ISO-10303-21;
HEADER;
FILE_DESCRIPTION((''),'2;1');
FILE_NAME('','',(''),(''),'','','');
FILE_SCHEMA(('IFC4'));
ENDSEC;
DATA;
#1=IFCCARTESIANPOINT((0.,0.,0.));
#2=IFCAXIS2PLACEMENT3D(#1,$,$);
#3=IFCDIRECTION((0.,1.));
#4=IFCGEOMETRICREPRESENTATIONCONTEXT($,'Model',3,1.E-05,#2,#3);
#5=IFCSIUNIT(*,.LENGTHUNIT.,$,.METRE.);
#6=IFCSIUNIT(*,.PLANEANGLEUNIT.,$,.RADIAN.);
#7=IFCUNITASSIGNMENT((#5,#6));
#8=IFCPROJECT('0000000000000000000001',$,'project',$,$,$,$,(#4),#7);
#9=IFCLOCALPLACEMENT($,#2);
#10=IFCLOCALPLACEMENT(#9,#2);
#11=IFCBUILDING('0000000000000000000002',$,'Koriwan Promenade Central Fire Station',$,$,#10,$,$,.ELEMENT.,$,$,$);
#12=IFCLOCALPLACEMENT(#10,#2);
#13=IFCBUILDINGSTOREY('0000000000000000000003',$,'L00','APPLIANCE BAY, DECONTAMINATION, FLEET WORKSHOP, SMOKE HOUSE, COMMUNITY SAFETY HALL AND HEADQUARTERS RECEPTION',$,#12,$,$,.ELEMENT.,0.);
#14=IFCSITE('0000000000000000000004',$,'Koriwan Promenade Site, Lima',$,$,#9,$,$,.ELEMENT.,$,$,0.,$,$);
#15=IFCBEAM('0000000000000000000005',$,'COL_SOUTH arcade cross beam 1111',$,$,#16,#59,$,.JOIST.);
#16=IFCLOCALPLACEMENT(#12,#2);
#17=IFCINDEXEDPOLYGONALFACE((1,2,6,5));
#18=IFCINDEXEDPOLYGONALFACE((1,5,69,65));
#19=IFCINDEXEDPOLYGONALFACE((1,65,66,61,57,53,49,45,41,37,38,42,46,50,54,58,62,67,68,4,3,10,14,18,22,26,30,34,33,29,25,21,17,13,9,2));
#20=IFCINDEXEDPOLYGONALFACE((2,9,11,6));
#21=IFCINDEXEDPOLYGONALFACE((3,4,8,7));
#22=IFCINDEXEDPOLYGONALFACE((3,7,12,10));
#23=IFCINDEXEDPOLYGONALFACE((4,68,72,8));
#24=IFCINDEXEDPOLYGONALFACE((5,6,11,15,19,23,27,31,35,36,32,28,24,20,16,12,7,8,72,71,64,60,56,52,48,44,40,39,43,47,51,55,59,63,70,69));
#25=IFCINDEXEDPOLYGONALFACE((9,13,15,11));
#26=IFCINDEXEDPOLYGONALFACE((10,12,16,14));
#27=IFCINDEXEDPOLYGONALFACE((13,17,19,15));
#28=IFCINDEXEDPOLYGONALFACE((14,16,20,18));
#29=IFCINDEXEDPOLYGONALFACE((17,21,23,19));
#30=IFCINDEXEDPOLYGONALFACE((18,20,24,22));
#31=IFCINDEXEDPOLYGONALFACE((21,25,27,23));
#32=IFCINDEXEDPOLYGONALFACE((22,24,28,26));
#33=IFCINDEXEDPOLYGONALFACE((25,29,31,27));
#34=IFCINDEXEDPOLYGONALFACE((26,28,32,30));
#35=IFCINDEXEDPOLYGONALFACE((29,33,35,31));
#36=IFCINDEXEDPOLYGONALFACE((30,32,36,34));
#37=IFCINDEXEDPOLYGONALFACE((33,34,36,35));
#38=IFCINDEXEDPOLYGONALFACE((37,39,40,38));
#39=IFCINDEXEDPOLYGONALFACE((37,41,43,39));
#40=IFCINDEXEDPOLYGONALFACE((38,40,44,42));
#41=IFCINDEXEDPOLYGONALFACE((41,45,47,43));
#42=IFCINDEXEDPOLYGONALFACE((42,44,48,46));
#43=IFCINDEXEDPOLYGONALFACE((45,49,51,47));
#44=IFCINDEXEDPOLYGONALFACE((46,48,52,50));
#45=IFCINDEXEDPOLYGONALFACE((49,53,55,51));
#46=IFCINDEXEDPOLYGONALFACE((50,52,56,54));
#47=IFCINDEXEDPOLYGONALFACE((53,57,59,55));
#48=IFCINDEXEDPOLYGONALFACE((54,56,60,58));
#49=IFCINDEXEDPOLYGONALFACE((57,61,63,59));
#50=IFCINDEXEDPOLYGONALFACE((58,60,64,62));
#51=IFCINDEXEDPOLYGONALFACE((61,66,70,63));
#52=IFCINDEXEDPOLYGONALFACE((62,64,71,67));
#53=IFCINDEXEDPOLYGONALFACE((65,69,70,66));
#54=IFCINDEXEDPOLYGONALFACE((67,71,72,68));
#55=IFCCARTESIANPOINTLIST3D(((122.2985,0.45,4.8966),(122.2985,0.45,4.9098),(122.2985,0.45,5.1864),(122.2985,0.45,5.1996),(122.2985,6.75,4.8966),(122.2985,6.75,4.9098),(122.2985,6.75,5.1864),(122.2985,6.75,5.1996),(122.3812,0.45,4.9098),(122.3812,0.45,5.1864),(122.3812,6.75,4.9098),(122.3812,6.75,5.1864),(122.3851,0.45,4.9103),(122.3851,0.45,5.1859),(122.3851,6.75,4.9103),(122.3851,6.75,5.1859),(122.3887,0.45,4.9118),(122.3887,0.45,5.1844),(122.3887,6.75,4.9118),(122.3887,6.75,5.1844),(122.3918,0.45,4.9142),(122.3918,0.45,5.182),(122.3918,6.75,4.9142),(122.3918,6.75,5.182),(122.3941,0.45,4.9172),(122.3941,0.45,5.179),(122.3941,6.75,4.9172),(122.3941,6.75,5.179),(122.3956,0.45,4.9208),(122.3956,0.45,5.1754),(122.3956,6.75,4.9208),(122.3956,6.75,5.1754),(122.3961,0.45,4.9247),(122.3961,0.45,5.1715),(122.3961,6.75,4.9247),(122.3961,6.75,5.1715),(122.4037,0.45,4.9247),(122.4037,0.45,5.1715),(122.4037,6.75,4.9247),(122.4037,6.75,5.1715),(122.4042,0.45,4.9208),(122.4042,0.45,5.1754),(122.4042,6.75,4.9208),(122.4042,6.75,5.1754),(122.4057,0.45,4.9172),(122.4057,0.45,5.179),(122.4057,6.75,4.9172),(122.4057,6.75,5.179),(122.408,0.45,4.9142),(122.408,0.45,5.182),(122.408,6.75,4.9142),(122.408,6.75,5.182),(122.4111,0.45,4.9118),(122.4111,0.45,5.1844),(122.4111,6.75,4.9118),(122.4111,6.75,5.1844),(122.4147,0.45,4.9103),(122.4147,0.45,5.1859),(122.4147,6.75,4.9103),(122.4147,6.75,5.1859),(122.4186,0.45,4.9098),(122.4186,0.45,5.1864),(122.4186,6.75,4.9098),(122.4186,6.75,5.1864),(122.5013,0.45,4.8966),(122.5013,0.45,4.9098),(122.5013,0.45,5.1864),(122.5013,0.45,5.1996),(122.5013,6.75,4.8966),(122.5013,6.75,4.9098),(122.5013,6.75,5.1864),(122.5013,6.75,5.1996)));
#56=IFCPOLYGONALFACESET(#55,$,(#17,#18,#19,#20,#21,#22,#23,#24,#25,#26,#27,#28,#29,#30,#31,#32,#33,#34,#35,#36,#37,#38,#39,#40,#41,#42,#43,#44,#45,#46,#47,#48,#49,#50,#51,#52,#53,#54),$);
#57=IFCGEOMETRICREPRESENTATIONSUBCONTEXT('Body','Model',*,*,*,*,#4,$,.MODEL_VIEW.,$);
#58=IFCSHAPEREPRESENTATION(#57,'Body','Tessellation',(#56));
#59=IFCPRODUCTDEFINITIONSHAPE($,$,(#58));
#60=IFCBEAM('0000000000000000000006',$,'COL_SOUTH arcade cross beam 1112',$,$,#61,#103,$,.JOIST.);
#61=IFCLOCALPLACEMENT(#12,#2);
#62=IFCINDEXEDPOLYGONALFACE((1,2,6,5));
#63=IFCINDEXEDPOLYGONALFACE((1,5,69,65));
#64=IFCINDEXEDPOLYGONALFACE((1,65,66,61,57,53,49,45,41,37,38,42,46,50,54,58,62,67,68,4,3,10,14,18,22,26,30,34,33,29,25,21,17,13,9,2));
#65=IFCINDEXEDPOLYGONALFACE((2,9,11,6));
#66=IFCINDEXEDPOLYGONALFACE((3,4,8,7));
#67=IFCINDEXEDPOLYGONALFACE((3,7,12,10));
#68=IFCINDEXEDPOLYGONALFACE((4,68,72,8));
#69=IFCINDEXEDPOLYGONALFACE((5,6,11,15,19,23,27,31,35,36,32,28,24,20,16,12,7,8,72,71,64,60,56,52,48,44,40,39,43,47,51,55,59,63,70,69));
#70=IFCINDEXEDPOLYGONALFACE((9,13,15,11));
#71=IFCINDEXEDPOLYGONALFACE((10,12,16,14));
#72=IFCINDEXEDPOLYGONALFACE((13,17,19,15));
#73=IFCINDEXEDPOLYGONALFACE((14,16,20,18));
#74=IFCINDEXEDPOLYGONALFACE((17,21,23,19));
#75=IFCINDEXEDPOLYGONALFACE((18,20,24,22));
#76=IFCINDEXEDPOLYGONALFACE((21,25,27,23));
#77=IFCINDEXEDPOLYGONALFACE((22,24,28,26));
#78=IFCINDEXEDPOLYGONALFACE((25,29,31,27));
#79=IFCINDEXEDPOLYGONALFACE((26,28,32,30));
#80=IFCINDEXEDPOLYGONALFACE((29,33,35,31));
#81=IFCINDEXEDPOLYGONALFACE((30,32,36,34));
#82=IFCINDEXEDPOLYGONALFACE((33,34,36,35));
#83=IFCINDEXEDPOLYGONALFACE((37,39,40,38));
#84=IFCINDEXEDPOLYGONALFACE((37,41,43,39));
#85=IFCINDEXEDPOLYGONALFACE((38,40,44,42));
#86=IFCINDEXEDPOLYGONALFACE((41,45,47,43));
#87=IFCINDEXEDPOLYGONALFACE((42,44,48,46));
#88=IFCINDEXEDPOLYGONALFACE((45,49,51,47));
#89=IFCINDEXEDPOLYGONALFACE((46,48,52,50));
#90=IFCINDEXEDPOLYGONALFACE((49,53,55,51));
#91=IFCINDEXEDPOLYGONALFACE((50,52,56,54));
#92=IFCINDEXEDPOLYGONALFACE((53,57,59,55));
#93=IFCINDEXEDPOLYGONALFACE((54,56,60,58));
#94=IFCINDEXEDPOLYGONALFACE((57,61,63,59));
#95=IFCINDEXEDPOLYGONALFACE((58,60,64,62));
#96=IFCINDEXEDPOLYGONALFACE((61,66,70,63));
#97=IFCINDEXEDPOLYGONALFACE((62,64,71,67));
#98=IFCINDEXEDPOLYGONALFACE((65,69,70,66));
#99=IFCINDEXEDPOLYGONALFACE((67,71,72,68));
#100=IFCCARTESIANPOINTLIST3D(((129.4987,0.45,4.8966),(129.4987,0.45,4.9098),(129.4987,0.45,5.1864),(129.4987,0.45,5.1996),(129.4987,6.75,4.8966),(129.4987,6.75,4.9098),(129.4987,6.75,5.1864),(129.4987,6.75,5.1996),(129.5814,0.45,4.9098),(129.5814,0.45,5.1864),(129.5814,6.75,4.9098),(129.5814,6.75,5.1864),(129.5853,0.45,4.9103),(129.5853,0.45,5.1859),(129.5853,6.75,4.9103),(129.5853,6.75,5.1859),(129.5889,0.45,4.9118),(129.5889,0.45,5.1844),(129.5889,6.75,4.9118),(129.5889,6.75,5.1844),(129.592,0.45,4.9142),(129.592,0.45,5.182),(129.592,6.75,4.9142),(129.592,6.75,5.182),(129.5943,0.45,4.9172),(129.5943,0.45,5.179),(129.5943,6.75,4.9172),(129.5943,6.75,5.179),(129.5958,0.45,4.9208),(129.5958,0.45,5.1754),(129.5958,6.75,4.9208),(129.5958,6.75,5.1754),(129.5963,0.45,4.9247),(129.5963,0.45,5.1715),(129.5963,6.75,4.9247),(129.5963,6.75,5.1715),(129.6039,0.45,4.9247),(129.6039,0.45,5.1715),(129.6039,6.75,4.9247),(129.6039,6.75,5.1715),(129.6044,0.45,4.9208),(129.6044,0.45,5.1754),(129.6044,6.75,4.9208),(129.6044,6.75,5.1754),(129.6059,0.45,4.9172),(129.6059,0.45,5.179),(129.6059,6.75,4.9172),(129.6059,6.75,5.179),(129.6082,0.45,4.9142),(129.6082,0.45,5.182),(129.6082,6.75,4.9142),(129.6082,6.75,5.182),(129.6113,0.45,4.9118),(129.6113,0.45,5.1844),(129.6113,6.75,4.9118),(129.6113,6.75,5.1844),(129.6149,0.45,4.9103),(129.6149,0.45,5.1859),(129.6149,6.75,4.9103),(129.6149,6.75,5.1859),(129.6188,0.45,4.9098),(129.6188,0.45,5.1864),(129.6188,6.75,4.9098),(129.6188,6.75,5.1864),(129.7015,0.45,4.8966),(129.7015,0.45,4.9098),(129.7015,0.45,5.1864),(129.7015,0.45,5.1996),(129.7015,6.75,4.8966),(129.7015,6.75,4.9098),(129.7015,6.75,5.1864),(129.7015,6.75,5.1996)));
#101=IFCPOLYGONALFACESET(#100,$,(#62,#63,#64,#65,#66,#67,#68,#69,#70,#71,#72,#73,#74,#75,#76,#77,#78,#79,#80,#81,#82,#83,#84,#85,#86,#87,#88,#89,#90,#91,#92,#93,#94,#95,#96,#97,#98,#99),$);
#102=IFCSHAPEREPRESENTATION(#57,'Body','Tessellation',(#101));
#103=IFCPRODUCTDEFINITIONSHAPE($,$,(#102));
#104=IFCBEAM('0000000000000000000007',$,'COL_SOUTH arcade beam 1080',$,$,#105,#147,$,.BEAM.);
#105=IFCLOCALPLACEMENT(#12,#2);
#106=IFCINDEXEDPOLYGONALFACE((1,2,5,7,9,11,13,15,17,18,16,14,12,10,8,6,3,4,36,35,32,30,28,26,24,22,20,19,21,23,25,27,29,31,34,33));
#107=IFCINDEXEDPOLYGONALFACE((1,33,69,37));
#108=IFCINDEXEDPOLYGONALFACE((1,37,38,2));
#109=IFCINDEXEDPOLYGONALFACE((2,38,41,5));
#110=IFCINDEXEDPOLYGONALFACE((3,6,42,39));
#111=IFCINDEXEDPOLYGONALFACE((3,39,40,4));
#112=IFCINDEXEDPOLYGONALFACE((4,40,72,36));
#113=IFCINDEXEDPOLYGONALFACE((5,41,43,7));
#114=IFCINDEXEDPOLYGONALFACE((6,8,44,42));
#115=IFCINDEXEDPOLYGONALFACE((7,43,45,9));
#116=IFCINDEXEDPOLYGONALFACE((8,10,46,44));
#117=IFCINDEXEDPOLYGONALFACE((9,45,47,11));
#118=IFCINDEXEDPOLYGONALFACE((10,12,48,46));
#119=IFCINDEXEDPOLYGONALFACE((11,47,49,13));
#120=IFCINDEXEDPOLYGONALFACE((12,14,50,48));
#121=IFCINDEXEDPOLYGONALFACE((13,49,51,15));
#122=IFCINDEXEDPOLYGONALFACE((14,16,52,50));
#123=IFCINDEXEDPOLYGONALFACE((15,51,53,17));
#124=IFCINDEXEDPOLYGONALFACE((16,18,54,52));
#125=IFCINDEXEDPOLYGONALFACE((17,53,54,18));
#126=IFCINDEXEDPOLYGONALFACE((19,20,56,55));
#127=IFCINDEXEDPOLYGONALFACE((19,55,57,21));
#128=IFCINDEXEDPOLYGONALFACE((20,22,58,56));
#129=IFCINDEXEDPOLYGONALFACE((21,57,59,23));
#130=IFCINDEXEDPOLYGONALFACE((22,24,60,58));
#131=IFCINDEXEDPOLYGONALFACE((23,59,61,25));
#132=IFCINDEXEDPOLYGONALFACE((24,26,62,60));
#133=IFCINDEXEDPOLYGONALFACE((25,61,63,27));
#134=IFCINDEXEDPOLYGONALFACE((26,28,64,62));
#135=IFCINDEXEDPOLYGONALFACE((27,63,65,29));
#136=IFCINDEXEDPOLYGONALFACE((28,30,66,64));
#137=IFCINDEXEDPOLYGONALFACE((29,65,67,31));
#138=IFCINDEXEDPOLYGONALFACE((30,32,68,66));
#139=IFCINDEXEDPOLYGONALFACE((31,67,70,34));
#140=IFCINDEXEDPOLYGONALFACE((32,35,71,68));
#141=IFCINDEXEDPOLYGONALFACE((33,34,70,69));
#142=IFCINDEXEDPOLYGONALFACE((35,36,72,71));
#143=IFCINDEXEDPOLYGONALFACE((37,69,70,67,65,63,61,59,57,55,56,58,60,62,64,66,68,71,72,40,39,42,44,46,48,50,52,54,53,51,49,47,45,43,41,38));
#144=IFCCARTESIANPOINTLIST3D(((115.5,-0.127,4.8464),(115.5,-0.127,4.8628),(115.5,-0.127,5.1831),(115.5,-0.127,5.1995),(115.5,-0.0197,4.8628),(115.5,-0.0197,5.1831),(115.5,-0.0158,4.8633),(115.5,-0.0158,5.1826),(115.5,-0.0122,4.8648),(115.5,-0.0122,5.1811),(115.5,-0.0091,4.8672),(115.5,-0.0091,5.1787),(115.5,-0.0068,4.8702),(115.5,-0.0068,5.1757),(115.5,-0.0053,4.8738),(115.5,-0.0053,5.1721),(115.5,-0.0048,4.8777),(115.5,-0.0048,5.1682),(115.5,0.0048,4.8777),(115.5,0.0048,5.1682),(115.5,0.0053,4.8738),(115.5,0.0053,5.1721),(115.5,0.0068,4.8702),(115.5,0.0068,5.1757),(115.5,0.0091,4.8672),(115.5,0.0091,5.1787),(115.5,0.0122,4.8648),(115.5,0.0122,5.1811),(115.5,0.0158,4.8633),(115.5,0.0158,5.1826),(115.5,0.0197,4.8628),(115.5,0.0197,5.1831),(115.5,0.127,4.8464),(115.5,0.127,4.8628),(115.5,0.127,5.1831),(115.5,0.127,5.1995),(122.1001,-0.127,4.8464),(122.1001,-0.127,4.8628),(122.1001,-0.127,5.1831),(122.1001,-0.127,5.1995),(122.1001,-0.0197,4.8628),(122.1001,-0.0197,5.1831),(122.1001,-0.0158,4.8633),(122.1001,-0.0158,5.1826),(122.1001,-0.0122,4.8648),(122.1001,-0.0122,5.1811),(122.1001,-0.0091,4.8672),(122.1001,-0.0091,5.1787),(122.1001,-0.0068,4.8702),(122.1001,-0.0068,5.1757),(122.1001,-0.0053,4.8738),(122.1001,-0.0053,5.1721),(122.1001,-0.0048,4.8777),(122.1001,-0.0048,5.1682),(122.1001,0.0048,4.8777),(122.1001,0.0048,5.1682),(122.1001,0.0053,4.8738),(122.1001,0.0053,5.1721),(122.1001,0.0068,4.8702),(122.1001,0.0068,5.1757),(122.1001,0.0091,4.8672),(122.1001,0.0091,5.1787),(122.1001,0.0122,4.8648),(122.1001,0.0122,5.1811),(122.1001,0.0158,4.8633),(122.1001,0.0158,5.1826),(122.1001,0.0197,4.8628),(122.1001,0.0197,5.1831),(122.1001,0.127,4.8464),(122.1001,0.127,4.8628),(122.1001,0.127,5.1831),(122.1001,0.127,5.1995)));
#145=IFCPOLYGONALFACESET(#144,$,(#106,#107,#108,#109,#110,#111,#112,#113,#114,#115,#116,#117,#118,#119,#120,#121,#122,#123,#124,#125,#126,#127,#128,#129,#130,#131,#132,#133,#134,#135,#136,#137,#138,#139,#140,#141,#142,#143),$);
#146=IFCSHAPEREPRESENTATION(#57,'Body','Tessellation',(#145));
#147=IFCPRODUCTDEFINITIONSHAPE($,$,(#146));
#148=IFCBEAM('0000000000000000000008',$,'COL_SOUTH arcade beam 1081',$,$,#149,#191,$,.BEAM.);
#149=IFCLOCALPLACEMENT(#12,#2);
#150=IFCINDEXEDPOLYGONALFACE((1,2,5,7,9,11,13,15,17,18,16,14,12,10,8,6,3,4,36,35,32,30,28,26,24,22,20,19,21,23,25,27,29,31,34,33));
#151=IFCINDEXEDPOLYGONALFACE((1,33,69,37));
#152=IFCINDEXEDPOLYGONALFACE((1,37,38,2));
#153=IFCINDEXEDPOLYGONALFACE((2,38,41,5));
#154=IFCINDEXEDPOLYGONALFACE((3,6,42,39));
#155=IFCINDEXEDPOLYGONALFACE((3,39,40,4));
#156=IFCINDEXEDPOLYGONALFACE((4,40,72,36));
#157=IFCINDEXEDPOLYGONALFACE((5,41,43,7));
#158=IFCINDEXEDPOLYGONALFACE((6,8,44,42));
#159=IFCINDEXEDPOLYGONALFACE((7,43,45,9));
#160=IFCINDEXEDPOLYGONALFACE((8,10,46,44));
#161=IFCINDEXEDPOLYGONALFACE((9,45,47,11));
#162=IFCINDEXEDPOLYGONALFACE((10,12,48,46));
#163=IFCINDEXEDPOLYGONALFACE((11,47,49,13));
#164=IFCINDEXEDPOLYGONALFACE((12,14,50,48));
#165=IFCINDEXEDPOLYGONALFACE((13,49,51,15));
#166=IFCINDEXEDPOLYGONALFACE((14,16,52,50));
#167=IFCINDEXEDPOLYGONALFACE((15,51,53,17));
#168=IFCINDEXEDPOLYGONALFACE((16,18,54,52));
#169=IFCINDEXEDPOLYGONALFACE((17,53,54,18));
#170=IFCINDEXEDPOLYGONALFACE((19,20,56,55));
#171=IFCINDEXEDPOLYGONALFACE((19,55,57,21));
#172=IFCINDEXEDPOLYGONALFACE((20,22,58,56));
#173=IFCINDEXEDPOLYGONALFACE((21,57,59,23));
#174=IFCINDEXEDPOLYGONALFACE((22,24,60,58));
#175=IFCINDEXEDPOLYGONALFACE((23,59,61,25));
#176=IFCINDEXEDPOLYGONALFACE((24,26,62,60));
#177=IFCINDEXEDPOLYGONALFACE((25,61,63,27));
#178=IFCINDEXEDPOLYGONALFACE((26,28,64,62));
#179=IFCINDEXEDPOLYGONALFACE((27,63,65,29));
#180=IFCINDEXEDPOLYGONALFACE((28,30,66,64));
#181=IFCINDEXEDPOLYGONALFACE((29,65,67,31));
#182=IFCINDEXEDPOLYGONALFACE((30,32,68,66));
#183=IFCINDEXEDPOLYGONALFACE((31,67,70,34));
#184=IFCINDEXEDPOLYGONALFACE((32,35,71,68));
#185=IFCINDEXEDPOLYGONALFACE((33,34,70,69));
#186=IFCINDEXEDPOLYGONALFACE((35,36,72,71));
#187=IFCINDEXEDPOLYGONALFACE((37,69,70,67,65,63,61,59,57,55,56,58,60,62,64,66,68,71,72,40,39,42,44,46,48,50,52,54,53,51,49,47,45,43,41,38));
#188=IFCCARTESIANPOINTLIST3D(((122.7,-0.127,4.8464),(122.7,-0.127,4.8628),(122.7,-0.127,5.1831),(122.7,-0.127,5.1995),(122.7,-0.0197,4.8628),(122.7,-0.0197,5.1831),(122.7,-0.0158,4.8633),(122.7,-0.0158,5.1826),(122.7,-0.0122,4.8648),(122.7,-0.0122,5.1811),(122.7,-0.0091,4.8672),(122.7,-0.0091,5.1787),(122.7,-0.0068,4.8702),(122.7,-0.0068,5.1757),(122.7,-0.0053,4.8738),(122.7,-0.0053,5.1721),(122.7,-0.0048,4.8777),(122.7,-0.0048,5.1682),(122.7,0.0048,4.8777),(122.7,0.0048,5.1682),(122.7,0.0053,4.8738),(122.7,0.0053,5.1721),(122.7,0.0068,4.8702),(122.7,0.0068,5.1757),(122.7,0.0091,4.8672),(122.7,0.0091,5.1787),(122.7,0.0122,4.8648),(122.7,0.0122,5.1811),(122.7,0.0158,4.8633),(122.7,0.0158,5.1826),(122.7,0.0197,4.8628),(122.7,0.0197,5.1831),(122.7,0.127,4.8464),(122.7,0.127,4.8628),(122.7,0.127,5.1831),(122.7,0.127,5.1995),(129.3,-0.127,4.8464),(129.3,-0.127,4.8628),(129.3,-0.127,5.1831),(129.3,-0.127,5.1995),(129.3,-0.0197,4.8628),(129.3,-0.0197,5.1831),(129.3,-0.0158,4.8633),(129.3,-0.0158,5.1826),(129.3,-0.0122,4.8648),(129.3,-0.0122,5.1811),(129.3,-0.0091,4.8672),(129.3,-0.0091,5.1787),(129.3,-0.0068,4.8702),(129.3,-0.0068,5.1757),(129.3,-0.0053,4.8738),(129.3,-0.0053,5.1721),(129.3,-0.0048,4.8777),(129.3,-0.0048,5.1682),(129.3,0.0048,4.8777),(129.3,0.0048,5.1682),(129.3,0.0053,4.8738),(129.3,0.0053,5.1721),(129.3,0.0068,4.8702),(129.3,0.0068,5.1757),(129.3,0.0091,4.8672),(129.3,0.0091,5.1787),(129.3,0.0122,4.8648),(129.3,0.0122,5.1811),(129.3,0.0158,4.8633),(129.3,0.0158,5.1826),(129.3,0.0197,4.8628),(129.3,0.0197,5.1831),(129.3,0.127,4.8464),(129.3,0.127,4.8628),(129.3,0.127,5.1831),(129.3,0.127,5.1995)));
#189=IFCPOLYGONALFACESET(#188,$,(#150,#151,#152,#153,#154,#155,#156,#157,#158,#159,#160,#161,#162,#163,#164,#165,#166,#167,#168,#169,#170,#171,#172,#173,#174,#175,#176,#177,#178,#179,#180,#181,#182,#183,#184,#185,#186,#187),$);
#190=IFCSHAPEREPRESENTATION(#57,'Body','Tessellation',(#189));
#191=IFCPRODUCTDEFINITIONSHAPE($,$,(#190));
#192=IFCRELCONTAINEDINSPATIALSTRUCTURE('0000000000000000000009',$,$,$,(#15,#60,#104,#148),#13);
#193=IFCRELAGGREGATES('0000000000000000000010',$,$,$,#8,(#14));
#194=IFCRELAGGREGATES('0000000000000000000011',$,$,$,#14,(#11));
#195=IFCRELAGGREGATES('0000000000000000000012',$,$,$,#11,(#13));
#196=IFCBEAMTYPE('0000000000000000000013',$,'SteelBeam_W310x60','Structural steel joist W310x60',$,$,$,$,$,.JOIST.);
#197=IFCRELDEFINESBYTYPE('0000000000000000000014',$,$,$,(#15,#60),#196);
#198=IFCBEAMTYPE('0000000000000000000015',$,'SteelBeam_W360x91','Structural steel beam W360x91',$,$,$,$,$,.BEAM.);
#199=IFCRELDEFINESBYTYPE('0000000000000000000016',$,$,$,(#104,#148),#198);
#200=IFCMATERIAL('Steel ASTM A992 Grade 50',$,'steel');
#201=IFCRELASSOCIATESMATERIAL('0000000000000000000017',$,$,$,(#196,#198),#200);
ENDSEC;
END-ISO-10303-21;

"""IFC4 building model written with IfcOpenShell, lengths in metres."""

from ifc_helpers import new_model, si_unit, direction, frame, origin, origin_2d, place, context, subcontext, project, spatial, i_section, extrude, material, material_profile, profile_set, type_object, element, save


model = new_model("IFC4")

# Units and contexts
model_context = context("Model", 3, precision=1e-05, world=origin(), true_north=direction((0.0, 1.0)))
body_context = subcontext(model_context, "Body", "Model", "MODEL_VIEW")
ifc_project = project(units=[si_unit("LENGTHUNIT", "METRE"), si_unit("PLANEANGLEUNIT", "RADIAN")], contexts=[model_context])

# Site, building, storey
site_placement = place(None, origin())
site = spatial("IfcSite", under=ifc_project, at=site_placement, Name="Koriwan Promenade Site, Lima", CompositionType="ELEMENT", RefElevation=0.0)
building_placement = place(site_placement, origin())
building = spatial("IfcBuilding", under=site, at=building_placement, Name="Koriwan Promenade Central Fire Station", CompositionType="ELEMENT")
storey_placement = place(building_placement, origin())
storey = spatial("IfcBuildingStorey", under=building, at=storey_placement, Name="L00", Description="APPLIANCE BAY, DECONTAMINATION, FLEET WORKSHOP, SMOKE HOUSE, COMMUNITY SAFETY HALL AND HEADQUARTERS RECEPTION", CompositionType="ELEMENT", Elevation=0.0)

# Beams
ifc_material_1 = material(Name="Steel ASTM A992 Grade 50", Category="steel")
ifc_material_profile_1 = material_profile(ifc_material_1, i_section(OverallWidth=0.2029, OverallDepth=0.303, WebThickness=0.0076, FlangeThickness=0.0132, FilletRadius=0.0149, at=origin_2d()), Name="W310x60")
ifc_profile_set_1 = profile_set([ifc_material_profile_1], Name="Steel ASTM A992 Grade 50")
beam_type_1 = type_object("IfcBeamType", Name="SteelBeam_W310x60", Description="Structural steel joist W310x60", PredefinedType="JOIST", material=ifc_profile_set_1)
for number, where, z_axis, x_axis, name in (
    (1, (122.3999, 0.45, 5.0481), (0.0, 1.0, 0.0), (-1.0, 0.0, 0.0), "COL_SOUTH arcade cross beam 1111"),
    (2, (129.6001, 0.45, 5.0481), (0.0, 1.0, 0.0), (-1.0, 0.0, 0.0), "COL_SOUTH arcade cross beam 1112"),
):
    element("IfcBeam", number, at=place(storey_placement, frame(where, z_axis=z_axis, x_axis=x_axis)), inside=storey, type_object=beam_type_1, Name=name, PredefinedType="JOIST", context=body_context, shape_type="SweptSolid", body=[
        extrude(i_section(OverallWidth=0.2029, OverallDepth=0.303, WebThickness=0.0076, FlangeThickness=0.0132, FilletRadius=0.0149, at=origin_2d()), origin(), (0.0, 0.0, 1.0), 6.3),
    ])
ifc_material_profile_2 = material_profile(ifc_material_1, i_section(OverallWidth=0.2539, OverallDepth=0.353, WebThickness=0.0095, FlangeThickness=0.0164, FilletRadius=0.0149, at=origin_2d()), Name="W360x91")
ifc_profile_set_2 = profile_set([ifc_material_profile_2], Name="Steel ASTM A992 Grade 50")
beam_type_2 = type_object("IfcBeamType", Name="SteelBeam_W360x91", Description="Structural steel beam W360x91", PredefinedType="BEAM", material=ifc_profile_set_2)
for number, where, z_axis, x_axis, name in (
    (3, (115.5, 0.0, 5.0229), (1.0, 0.0, 0.0), (0.0, 1.0, 0.0), "COL_SOUTH arcade beam 1080"),
    (4, (122.7, 0.0, 5.0229), (1.0, 0.0, 0.0), (0.0, 1.0, 0.0), "COL_SOUTH arcade beam 1081"),
):
    element("IfcBeam", number, at=place(storey_placement, frame(where, z_axis=z_axis, x_axis=x_axis)), inside=storey, type_object=beam_type_2, Name=name, PredefinedType="BEAM", context=body_context, shape_type="SweptSolid", body=[
        extrude(i_section(OverallWidth=0.2539, OverallDepth=0.353, WebThickness=0.0095, FlangeThickness=0.0164, FilletRadius=0.0149, at=origin_2d()), origin(), (0.0, 0.0, 1.0), 6.6001),
    ])

save(model, "model.ifc")
